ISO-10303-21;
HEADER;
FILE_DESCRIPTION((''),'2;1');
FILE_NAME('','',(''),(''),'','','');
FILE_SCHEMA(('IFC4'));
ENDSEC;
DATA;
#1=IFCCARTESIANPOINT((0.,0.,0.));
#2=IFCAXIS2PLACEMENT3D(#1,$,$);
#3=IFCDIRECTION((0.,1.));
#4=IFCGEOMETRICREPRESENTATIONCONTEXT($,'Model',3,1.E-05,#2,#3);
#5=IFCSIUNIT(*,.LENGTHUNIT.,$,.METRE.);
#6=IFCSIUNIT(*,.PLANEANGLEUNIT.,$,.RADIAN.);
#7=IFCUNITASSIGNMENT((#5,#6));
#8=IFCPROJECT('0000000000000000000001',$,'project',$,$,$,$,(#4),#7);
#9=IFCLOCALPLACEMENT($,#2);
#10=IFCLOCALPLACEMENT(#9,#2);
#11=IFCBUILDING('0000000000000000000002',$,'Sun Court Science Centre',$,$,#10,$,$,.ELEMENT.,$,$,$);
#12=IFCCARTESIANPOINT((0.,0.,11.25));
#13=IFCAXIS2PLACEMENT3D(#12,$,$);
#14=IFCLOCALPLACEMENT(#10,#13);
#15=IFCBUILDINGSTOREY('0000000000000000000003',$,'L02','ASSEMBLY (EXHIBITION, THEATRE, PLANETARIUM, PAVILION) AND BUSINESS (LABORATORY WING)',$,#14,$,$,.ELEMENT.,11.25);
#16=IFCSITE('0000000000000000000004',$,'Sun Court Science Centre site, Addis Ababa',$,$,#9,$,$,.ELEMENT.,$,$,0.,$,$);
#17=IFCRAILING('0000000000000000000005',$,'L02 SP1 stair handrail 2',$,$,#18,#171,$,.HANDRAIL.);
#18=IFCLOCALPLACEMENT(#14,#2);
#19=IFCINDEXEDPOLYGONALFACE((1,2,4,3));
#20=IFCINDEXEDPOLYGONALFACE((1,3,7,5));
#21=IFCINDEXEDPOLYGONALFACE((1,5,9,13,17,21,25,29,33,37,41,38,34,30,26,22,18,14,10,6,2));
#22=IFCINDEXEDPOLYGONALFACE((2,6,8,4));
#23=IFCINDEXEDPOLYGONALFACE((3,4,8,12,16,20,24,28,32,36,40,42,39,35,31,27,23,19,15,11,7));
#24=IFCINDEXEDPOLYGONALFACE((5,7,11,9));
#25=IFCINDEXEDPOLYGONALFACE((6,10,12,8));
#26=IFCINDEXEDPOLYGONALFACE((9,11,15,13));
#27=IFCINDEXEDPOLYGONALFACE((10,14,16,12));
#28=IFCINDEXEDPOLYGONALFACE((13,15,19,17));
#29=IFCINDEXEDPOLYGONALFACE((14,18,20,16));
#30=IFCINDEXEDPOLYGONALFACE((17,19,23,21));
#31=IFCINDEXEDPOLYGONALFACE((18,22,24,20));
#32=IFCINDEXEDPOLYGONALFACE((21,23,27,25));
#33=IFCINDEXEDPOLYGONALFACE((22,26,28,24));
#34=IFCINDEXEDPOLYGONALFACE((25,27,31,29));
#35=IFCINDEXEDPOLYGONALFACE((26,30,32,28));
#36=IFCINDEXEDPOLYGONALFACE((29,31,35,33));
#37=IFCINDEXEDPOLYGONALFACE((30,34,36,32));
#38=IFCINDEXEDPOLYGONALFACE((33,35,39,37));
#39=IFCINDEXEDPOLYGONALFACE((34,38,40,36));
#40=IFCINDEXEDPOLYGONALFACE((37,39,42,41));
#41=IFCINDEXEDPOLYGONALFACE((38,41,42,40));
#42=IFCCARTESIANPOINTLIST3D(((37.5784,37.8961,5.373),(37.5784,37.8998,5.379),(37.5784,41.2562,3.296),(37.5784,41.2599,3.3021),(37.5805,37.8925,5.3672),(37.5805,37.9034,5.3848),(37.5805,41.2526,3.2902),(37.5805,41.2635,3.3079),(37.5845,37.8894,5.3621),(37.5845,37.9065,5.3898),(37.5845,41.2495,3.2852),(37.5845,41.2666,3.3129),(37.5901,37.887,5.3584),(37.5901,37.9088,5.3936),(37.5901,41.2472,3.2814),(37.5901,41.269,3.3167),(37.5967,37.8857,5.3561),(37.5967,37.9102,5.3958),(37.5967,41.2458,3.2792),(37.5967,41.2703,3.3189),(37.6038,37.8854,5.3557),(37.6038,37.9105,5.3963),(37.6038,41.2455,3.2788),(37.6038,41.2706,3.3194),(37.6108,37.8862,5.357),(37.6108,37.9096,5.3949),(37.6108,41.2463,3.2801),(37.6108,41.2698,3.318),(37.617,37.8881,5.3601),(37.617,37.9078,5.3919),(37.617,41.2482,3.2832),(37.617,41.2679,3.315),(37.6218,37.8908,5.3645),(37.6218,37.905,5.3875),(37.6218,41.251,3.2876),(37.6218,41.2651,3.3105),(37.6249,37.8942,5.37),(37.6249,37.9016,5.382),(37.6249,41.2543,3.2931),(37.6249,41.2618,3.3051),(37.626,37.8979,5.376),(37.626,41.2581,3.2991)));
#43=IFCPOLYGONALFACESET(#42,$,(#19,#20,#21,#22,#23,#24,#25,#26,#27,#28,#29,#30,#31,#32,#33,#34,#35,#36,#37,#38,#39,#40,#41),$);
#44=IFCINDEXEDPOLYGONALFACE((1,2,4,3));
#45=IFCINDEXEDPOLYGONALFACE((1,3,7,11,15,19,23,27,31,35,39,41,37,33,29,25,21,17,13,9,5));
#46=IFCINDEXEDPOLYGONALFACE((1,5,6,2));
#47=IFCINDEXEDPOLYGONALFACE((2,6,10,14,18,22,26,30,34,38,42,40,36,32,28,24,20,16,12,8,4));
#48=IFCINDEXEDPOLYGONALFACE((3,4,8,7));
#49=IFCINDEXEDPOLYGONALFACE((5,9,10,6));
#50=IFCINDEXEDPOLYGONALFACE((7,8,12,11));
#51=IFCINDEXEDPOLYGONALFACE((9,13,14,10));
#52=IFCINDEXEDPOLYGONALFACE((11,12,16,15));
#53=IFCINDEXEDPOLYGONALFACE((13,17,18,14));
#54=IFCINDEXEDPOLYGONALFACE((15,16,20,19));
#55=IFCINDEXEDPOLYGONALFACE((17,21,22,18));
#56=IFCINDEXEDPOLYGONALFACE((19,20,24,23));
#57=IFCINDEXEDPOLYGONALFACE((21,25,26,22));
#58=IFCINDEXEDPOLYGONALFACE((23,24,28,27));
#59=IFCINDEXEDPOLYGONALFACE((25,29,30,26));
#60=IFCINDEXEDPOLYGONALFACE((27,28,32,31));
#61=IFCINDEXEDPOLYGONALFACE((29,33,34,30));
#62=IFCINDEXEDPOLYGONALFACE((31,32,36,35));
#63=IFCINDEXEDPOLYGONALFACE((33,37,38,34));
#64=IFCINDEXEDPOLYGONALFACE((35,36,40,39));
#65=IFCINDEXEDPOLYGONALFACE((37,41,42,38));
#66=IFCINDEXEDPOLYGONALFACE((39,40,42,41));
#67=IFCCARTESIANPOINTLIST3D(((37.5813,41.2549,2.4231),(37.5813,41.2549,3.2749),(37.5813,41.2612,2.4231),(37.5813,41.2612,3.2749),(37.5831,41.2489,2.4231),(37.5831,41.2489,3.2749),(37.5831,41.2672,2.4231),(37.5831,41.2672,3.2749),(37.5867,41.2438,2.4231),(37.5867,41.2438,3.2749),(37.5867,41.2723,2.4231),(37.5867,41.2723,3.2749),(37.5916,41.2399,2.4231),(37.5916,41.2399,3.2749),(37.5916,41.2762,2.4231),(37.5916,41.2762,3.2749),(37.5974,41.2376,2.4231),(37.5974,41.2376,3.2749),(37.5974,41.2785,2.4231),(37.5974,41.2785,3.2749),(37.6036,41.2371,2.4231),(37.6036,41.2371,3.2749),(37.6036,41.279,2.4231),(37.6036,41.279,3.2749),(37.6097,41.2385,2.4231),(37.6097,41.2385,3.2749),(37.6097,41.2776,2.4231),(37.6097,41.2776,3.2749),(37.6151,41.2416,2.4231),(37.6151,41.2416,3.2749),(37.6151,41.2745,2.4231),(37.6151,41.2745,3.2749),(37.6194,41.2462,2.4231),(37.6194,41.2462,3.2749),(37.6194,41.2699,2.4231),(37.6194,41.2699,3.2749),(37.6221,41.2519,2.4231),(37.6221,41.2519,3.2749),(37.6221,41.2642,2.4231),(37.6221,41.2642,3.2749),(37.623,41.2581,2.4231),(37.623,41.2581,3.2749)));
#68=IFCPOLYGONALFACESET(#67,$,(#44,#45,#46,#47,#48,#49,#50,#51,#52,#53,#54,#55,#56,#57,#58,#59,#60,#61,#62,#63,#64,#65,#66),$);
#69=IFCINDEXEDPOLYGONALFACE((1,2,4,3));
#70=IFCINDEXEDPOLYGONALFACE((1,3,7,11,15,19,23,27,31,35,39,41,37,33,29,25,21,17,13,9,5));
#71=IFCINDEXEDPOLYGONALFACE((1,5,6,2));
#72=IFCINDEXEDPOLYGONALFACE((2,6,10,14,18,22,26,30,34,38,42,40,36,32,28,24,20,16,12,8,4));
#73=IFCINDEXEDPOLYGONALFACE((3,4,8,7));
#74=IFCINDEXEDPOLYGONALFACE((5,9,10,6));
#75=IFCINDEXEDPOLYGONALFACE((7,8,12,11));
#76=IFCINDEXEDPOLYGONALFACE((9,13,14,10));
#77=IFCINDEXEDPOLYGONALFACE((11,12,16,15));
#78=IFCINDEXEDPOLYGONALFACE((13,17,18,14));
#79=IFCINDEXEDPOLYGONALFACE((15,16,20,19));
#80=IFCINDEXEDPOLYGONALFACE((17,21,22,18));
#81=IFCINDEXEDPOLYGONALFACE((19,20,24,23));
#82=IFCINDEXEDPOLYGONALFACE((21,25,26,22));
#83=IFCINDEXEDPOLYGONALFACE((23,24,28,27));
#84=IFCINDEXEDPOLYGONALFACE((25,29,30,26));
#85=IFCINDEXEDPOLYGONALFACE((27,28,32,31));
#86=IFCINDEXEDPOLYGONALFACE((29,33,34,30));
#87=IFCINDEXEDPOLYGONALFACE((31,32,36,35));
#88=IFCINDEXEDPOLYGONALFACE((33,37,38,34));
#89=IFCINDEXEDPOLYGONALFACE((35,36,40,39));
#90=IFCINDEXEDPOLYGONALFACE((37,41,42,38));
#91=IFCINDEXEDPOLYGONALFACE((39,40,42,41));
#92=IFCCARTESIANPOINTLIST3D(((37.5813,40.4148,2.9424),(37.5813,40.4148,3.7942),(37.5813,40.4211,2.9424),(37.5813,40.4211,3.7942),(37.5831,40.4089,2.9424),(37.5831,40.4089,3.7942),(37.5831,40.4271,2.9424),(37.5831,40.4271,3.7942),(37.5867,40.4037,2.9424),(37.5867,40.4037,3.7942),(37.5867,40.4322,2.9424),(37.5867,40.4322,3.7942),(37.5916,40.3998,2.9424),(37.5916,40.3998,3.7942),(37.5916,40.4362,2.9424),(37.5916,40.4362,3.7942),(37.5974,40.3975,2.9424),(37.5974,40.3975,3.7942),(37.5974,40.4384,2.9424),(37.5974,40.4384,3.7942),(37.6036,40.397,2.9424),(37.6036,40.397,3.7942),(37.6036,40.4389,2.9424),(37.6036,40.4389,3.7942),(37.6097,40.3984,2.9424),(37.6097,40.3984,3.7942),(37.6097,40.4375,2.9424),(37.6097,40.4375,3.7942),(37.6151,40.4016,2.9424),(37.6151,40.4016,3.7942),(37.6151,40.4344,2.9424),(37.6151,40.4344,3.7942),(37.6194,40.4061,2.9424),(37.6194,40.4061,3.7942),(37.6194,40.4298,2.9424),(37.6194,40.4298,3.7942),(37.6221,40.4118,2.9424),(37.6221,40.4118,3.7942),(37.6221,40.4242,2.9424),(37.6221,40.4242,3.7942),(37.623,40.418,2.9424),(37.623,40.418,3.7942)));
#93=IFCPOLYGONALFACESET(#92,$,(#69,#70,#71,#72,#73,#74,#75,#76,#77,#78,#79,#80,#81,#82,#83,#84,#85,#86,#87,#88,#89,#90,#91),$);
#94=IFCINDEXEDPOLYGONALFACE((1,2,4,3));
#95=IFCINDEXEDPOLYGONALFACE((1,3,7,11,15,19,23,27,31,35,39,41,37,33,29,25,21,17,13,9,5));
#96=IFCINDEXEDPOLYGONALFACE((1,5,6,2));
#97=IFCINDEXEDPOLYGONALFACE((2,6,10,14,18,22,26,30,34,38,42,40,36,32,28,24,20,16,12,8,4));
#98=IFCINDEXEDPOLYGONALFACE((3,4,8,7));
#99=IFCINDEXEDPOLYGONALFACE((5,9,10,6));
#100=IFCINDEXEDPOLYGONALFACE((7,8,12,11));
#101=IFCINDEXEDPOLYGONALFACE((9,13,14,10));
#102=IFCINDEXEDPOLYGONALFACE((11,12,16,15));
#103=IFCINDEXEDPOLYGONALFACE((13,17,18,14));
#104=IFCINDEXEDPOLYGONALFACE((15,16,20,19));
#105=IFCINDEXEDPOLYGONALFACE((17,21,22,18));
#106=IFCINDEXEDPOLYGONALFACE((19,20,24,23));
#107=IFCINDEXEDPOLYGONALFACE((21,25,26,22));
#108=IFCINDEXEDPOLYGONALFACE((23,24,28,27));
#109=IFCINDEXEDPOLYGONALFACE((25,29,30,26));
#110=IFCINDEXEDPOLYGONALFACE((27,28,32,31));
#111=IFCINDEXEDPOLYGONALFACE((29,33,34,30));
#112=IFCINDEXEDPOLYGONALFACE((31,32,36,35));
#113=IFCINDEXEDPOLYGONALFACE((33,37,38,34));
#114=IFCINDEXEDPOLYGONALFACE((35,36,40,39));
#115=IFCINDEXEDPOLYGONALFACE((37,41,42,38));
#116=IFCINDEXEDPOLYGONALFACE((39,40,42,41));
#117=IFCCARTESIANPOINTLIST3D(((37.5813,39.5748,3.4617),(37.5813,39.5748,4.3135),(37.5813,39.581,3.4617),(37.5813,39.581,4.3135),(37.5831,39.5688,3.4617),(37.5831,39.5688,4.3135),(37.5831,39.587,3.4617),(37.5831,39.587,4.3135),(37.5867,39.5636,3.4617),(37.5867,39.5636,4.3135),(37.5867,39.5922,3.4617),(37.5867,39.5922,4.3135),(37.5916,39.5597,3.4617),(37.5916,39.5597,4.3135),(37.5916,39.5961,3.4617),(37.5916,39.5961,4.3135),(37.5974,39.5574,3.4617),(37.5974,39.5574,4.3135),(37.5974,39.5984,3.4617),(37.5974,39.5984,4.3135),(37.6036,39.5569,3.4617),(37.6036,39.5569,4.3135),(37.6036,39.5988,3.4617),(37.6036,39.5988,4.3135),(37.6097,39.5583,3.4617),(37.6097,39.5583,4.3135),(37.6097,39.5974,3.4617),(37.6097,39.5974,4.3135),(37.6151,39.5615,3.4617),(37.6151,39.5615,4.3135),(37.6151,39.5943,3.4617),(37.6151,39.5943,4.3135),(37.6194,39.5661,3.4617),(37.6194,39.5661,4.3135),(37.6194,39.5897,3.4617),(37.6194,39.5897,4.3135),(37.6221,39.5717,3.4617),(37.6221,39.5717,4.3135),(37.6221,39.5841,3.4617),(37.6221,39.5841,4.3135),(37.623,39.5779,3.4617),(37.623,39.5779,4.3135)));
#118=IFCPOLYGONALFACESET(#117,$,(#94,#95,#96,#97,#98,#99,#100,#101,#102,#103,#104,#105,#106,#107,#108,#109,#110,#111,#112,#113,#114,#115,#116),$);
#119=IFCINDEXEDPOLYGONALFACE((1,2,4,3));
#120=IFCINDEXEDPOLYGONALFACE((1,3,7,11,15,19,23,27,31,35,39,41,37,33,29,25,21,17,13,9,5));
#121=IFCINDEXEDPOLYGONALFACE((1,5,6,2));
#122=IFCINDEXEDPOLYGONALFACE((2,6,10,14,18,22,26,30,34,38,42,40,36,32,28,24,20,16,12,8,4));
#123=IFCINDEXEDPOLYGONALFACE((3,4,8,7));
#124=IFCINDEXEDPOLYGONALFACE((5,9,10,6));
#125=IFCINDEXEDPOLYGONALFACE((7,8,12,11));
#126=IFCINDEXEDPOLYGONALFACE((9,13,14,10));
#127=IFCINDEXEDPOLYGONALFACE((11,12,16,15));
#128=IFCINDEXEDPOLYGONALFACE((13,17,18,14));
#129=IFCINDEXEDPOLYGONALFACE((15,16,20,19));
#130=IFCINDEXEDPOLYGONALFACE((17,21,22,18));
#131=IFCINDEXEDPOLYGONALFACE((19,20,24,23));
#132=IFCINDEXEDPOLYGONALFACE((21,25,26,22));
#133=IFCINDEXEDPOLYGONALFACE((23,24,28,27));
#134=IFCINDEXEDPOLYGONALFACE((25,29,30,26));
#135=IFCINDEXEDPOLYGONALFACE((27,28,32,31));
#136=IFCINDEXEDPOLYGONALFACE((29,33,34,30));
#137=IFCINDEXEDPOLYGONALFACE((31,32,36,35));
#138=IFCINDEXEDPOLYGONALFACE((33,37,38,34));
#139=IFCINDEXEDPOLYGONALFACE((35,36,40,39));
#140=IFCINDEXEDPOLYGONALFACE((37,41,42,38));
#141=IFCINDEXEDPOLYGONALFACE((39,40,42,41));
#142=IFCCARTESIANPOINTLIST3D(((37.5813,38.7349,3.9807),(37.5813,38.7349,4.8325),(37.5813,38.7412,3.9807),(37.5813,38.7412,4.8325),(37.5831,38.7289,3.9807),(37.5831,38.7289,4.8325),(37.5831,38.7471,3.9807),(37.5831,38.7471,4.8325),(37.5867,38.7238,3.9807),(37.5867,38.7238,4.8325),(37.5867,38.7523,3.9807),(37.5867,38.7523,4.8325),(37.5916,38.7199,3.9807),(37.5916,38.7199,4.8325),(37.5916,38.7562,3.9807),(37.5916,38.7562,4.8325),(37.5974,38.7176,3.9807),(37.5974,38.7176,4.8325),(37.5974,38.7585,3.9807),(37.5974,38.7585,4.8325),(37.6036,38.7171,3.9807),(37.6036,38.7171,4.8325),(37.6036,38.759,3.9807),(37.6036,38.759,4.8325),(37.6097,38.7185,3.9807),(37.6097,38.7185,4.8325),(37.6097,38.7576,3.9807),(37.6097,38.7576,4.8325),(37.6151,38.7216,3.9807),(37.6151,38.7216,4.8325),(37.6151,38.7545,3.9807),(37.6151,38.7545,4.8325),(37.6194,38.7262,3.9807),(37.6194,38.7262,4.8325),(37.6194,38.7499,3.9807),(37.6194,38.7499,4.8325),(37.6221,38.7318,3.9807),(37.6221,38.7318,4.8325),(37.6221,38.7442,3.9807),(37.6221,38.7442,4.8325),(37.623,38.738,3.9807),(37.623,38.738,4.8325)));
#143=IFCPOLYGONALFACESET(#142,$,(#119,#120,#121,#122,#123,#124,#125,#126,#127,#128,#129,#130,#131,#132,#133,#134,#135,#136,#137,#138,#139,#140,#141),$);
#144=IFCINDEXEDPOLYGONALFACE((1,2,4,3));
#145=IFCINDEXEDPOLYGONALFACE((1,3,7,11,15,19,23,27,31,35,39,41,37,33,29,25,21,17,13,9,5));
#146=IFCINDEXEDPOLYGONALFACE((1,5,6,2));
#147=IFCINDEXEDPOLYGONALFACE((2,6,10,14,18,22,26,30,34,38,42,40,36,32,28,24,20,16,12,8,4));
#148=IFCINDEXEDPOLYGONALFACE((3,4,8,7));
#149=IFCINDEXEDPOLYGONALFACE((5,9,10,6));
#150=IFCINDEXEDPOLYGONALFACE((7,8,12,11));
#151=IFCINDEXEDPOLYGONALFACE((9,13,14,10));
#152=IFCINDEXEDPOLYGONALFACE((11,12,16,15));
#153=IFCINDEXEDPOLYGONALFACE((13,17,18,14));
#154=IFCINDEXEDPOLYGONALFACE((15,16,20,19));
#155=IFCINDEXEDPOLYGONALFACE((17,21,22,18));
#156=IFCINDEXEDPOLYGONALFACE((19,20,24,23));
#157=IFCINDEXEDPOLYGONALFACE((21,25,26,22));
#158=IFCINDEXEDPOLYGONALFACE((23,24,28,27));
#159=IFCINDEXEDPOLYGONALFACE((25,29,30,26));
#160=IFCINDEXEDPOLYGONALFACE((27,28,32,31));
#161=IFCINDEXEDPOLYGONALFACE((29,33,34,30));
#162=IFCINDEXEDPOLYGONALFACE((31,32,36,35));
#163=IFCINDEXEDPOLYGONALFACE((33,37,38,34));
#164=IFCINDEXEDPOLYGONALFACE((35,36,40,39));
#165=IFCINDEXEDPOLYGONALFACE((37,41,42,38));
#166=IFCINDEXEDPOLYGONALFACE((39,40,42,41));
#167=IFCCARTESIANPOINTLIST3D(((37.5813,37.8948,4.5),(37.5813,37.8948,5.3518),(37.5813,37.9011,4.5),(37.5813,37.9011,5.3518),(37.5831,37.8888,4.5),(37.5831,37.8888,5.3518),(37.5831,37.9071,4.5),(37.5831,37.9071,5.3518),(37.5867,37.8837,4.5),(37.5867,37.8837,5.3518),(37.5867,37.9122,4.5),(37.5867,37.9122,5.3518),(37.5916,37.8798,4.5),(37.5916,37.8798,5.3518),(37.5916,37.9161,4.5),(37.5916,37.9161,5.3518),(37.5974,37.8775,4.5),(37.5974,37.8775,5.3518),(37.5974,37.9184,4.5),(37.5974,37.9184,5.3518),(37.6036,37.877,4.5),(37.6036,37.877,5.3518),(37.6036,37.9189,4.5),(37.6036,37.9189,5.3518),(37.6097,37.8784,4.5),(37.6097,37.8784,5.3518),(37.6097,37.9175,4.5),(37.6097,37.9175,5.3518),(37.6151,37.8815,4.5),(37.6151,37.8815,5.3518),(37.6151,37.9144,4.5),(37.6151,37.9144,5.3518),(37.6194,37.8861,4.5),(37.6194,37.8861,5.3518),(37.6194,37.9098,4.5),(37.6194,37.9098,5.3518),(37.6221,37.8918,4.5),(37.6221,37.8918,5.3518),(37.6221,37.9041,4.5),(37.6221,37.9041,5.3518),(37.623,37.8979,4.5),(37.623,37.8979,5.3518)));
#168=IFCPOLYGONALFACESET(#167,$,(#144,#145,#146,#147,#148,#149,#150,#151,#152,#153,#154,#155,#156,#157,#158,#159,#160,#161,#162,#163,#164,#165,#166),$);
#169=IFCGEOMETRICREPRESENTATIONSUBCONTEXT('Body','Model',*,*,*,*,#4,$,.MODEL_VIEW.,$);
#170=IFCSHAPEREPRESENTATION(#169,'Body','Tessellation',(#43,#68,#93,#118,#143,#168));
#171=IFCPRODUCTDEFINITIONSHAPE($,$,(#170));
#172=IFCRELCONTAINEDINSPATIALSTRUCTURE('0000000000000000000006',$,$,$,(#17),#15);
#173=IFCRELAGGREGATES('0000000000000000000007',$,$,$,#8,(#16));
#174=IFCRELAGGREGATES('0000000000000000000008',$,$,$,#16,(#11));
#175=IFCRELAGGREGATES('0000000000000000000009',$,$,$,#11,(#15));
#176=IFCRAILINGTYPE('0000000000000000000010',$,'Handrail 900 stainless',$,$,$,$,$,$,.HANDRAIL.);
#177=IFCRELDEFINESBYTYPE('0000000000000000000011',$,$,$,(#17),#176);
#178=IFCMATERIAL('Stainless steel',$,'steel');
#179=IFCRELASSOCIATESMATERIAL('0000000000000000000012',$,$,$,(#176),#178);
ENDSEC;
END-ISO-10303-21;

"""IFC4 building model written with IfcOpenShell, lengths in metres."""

from ifc_helpers import new_model, si_unit, direction, frame, origin, origin_2d, place, context, subcontext, project, spatial, circle, extrude, material, type_object, element, save


model = new_model("IFC4")

# Units and contexts
model_context = context("Model", 3, precision=1e-05, world=origin(), true_north=direction((0.0, 1.0)))
body_context = subcontext(model_context, "Body", "Model", "MODEL_VIEW")
ifc_project = project(units=[si_unit("LENGTHUNIT", "METRE"), si_unit("PLANEANGLEUNIT", "RADIAN")], contexts=[model_context])

# Site, building, storey
site_placement = place(None, origin())
site = spatial("IfcSite", under=ifc_project, at=site_placement, Name="Sun Court Science Centre site, Addis Ababa", CompositionType="ELEMENT", RefElevation=0.0)
building_placement = place(site_placement, origin())
building = spatial("IfcBuilding", under=site, at=building_placement, Name="Sun Court Science Centre", CompositionType="ELEMENT")
storey_placement = place(building_placement, frame((0.0, 0.0, 11.25)))
storey = spatial("IfcBuildingStorey", under=building, at=storey_placement, Name="L02", Description="ASSEMBLY (EXHIBITION, THEATRE, PLANETARIUM, PAVILION) AND BUSINESS (LABORATORY WING)", CompositionType="ELEMENT", Elevation=11.25)

# Railing
ifc_material_1 = material(Name="Stainless steel", Category="steel")
railing_type_1 = type_object("IfcRailingType", Name="Handrail 900 stainless", PredefinedType="HANDRAIL", material=ifc_material_1)
railing_1_placement = place(storey_placement, frame((37.6021, 41.2581, 2.4231)))
element("IfcRailing", 1, at=railing_1_placement, inside=storey, type_object=railing_type_1, Name="L02 SP1 stair handrail 2", PredefinedType="HANDRAIL", context=body_context, shape_type="SweptSolid", body=[
    extrude(circle(Radius=0.0239, at=origin_2d()), frame((0.0, 0.0, 0.876), z_axis=(0.0, -0.850623, 0.525776), x_axis=(1.0, 0.0, 0.0)), (0.0, 0.0, 1.0), 3.9502),
    extrude(circle(Radius=0.021, at=origin_2d()), origin(), (0.0, 0.0, 1.0), 0.8518),
    extrude(circle(Radius=0.021, at=origin_2d()), frame((0.0, -0.8401, 0.5193)), (0.0, 0.0, 1.0), 0.8518),
    extrude(circle(Radius=0.021, at=origin_2d()), frame((0.0, -1.6802, 1.0386)), (0.0, 0.0, 1.0), 0.8518),
    extrude(circle(Radius=0.021, at=origin_2d()), frame((0.0, -2.52, 1.5576)), (0.0, 0.0, 1.0), 0.8518),
    extrude(circle(Radius=0.021, at=origin_2d()), frame((0.0, -3.3601, 2.0769)), (0.0, 0.0, 1.0), 0.8518),
])

save(model, "model.ifc")
